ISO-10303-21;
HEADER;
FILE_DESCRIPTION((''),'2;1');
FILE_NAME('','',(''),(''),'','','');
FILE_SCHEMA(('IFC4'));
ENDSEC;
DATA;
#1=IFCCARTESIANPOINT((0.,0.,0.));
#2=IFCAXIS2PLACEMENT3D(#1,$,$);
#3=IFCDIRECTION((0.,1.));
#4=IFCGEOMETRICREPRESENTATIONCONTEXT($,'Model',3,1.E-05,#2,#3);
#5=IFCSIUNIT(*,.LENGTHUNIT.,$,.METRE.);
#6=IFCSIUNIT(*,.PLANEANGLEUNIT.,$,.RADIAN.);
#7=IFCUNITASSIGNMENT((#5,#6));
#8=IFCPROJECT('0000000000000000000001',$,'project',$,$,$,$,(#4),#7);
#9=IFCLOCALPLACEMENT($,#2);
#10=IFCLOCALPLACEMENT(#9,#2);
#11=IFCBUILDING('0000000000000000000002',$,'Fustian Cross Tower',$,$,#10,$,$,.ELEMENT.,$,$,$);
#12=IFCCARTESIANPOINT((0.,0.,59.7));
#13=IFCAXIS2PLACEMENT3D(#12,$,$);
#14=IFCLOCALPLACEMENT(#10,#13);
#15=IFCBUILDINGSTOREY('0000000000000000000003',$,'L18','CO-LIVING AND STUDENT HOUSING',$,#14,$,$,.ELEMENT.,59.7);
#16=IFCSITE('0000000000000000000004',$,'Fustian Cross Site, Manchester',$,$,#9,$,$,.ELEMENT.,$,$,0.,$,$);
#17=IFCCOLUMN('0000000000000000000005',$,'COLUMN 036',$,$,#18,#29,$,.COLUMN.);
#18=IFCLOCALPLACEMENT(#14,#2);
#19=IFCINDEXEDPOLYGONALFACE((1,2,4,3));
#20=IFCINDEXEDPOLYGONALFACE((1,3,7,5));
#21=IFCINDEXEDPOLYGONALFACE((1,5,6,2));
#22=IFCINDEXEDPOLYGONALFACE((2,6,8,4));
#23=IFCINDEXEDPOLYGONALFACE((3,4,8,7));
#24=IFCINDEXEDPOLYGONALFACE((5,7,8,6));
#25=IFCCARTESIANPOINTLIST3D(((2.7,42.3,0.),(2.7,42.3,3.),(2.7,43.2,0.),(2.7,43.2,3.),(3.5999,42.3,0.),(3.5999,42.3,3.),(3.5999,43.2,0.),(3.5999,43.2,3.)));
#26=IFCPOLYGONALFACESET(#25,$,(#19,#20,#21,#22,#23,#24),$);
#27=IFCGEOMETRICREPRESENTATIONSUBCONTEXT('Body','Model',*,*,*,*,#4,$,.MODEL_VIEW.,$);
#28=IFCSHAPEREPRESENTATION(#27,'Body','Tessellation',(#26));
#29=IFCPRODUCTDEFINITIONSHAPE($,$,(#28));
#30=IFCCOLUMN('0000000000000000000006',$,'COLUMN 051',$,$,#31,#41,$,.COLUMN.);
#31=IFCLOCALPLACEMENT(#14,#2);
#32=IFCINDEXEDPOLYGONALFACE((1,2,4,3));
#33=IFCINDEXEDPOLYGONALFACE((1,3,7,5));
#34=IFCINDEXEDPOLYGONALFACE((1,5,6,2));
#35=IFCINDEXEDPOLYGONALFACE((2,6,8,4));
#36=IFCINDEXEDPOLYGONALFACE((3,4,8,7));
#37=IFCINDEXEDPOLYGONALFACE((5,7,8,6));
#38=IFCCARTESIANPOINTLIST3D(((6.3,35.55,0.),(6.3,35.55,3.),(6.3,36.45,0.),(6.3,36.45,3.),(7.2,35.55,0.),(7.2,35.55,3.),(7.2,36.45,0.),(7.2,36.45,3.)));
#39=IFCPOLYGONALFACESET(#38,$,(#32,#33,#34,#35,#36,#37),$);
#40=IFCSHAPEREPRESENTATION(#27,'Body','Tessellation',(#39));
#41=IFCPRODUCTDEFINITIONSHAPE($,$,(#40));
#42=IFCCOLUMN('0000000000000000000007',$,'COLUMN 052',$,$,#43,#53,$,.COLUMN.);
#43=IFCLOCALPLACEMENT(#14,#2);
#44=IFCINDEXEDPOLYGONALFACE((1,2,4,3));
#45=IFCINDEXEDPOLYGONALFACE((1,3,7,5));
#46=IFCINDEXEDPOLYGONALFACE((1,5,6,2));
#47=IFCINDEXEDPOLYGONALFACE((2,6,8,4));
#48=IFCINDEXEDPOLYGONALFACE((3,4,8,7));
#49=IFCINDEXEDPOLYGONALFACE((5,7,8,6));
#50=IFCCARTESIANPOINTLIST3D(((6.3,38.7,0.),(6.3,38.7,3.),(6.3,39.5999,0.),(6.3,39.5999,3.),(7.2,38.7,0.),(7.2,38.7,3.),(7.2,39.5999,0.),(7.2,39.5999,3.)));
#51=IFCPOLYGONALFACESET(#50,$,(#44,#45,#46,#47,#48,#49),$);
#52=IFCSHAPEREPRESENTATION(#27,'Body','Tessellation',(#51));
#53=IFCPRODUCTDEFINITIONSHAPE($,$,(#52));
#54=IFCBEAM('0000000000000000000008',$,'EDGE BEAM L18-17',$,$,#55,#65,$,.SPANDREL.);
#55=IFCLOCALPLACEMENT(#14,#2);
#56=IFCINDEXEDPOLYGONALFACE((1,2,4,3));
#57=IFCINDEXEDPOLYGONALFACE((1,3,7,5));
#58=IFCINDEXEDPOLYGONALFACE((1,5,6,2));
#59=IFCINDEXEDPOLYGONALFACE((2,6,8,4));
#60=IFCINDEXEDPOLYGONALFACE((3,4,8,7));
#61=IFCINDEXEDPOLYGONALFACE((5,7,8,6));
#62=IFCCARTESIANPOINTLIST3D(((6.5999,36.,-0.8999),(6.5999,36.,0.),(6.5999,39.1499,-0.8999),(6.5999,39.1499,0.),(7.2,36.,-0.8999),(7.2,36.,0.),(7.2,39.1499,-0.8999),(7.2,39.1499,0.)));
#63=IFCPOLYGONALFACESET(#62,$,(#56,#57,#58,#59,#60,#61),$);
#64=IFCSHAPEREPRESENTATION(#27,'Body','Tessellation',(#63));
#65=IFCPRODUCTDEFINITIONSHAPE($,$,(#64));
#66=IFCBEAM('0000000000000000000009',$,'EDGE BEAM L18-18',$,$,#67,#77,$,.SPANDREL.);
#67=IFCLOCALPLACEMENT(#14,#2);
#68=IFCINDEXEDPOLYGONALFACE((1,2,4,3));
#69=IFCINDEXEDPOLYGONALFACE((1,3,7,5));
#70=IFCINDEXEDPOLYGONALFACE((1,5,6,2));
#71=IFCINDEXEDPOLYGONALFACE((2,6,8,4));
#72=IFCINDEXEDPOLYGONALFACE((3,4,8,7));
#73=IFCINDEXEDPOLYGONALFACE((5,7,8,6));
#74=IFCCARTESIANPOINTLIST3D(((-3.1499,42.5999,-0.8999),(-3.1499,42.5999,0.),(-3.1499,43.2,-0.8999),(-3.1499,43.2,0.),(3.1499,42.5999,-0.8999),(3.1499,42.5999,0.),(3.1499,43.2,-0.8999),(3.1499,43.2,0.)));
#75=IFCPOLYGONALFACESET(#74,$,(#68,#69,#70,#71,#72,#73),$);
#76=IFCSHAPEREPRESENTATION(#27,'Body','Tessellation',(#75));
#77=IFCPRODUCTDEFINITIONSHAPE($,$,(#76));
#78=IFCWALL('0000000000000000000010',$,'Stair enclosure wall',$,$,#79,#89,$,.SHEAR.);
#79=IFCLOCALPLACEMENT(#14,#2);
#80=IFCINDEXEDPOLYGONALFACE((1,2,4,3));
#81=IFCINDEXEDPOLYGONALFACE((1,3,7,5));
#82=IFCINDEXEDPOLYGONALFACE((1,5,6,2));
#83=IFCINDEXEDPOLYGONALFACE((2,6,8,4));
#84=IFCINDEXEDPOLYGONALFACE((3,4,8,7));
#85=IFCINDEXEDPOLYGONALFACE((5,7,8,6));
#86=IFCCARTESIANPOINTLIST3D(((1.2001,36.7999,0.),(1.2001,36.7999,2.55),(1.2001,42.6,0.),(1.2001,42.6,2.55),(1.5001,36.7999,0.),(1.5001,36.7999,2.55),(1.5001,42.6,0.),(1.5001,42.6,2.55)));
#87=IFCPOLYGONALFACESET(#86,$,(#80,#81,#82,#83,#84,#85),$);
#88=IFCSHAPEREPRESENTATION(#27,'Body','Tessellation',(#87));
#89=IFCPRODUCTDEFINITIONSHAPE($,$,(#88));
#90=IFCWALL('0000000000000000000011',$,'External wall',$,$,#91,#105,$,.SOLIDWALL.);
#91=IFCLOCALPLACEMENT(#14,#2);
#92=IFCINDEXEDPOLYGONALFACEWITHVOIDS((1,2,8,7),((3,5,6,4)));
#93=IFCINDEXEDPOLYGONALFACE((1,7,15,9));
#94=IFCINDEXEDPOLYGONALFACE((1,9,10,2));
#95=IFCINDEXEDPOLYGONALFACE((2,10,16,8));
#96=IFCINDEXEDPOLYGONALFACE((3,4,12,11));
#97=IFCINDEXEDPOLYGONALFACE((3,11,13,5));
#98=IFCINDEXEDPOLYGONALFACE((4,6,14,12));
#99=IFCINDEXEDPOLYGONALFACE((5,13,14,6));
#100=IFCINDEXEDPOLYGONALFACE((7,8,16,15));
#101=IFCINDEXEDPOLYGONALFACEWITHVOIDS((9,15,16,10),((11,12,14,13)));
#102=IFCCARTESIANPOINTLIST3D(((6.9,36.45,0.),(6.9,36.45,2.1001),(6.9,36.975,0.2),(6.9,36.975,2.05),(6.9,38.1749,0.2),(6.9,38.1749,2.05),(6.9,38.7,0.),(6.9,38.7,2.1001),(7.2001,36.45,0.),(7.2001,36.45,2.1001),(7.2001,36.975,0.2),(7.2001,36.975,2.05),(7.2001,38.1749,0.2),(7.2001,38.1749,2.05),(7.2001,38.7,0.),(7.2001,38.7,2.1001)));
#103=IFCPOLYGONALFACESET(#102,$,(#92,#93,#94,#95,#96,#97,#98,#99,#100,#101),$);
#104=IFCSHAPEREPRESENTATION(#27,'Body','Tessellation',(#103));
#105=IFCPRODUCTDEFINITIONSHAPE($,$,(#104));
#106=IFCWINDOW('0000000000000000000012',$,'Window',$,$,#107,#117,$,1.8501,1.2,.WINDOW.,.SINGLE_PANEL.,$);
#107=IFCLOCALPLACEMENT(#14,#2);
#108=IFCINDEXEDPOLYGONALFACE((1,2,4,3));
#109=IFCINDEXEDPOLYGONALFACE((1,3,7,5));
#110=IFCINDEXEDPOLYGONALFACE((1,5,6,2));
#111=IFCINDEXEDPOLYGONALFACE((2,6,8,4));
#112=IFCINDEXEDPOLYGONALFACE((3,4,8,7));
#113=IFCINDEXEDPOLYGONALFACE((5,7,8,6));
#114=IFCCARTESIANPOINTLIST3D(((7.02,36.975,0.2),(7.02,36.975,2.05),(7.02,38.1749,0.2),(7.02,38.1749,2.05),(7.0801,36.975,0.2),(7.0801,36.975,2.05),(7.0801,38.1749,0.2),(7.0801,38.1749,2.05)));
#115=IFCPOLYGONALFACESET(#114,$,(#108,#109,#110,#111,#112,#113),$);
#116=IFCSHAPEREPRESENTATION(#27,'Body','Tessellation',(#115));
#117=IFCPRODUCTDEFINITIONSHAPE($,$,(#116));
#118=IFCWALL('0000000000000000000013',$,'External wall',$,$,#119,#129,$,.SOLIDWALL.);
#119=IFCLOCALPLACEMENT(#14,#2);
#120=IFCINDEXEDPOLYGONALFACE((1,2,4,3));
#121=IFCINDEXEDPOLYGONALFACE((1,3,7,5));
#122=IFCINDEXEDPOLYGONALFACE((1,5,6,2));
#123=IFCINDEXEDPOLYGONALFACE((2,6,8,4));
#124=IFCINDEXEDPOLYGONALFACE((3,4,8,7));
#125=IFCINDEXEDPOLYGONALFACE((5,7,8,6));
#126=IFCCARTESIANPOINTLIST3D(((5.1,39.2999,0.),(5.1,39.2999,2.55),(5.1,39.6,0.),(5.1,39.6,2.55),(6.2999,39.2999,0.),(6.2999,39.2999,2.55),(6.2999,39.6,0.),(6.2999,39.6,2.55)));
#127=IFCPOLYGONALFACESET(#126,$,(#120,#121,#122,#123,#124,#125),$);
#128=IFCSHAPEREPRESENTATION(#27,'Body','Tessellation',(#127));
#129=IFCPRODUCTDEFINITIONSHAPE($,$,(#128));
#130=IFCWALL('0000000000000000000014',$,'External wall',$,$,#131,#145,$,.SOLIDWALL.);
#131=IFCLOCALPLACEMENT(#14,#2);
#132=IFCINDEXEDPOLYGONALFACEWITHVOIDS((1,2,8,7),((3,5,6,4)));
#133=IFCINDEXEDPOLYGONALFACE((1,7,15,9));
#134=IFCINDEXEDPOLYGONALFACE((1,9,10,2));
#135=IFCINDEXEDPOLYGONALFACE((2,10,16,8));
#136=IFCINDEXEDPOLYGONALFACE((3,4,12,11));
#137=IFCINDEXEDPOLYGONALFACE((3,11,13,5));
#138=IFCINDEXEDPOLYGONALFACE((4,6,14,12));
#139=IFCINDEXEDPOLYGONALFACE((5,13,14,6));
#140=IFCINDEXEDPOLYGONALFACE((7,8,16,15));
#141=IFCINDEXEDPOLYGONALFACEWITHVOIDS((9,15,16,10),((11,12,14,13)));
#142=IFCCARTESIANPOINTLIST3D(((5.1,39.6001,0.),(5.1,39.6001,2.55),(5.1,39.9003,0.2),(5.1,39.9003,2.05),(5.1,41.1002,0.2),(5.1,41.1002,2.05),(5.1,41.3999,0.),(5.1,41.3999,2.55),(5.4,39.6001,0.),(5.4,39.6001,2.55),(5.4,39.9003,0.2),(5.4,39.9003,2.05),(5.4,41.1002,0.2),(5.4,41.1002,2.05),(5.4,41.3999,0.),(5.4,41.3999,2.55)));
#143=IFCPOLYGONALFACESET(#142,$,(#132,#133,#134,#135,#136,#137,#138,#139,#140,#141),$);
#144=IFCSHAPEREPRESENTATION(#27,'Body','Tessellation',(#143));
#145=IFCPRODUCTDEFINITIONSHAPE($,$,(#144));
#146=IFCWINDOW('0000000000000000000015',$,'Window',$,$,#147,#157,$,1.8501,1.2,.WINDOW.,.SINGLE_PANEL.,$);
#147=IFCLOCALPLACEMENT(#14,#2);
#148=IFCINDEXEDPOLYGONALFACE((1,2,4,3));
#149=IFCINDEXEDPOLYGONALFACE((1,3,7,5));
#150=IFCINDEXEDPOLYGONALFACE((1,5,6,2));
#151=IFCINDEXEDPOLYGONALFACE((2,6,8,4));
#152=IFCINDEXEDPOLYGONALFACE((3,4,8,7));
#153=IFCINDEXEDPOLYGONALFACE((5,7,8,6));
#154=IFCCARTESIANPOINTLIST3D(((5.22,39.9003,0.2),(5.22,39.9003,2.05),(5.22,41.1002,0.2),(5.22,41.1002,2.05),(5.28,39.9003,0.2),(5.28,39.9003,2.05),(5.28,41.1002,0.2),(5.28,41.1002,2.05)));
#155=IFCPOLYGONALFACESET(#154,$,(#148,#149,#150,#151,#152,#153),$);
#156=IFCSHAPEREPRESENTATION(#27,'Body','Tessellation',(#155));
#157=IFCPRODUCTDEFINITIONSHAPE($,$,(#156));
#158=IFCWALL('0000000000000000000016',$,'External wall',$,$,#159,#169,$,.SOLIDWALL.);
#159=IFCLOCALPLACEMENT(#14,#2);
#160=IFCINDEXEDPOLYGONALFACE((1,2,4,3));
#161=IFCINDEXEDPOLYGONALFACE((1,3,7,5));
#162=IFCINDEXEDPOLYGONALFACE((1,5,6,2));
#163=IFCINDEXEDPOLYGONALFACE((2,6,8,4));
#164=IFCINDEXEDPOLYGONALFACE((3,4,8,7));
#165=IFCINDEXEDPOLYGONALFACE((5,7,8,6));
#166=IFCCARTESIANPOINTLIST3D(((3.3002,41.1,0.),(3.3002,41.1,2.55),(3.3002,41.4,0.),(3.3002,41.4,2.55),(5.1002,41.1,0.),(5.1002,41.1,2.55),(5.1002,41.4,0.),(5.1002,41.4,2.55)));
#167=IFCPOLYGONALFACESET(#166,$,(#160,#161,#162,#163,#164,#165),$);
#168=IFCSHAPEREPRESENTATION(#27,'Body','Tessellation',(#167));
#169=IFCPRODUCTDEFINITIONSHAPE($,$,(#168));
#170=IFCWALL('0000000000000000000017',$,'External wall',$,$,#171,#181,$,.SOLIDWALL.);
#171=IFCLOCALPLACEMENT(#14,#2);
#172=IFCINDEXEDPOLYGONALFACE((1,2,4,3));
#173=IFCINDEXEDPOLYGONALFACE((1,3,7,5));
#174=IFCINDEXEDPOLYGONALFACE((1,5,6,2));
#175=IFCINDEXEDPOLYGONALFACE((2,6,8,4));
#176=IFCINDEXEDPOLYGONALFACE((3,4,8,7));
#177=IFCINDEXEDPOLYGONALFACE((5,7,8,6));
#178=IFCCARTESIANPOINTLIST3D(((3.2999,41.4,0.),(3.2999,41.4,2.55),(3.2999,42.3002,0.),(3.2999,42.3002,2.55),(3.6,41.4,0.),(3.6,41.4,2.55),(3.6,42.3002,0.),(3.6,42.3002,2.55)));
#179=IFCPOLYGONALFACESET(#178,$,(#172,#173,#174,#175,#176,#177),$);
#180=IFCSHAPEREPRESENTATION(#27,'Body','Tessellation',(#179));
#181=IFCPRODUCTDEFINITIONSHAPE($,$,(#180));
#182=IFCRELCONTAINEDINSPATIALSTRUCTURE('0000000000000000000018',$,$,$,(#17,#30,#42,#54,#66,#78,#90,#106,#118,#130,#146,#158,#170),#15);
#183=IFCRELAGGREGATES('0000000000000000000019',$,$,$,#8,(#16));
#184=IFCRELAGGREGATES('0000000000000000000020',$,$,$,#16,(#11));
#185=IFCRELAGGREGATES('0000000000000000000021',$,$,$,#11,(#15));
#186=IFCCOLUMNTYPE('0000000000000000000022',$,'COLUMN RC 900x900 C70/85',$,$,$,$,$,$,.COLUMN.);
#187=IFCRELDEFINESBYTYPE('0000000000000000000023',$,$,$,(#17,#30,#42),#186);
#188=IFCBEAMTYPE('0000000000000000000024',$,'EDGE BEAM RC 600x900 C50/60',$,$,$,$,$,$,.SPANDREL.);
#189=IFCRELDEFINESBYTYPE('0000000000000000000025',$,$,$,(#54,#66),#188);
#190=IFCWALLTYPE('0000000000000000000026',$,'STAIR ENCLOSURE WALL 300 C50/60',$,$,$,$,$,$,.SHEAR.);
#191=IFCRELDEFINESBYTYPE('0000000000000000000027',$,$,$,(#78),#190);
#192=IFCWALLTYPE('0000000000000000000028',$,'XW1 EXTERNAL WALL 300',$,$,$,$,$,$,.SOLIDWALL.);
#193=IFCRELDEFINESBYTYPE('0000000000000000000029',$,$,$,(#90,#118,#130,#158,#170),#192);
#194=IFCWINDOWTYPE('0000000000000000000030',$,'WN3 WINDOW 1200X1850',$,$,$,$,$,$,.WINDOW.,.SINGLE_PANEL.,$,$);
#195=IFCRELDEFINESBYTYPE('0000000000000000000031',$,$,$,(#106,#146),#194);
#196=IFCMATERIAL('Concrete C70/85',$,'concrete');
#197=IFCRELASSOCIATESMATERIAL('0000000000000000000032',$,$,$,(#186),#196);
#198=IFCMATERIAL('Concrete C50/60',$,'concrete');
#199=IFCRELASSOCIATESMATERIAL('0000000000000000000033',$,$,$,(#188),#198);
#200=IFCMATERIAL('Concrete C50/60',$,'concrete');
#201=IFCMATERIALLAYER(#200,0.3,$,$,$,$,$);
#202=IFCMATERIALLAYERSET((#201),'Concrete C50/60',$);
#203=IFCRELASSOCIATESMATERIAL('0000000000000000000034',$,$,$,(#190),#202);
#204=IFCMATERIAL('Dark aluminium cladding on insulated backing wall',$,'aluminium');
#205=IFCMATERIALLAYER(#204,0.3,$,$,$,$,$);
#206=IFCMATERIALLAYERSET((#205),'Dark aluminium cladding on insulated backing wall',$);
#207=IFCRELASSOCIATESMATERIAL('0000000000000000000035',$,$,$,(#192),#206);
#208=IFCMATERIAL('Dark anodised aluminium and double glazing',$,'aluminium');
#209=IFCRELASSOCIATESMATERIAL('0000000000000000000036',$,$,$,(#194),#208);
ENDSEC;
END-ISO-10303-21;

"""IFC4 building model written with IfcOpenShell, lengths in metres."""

from ifc_helpers import new_model, si_unit, direction, frame, frame_2d, origin, origin_2d, place, context, subcontext, project, spatial, rectangle, extrude, material, layer, layer_set, material_profile, profile_set, type_object, element, fill, save


model = new_model("IFC4")

# Units and contexts
model_context = context("Model", 3, precision=1e-05, world=origin(), true_north=direction((0.0, 1.0)))
body_context = subcontext(model_context, "Body", "Model", "MODEL_VIEW")
ifc_project = project(units=[si_unit("LENGTHUNIT", "METRE"), si_unit("PLANEANGLEUNIT", "RADIAN")], contexts=[model_context])

# Site, building, storey
site_placement = place(None, origin())
site = spatial("IfcSite", under=ifc_project, at=site_placement, Name="Fustian Cross Site, Manchester", CompositionType="ELEMENT", RefElevation=0.0)
building_placement = place(site_placement, origin())
building = spatial("IfcBuilding", under=site, at=building_placement, Name="Fustian Cross Tower", CompositionType="ELEMENT")
storey_placement = place(building_placement, frame((0.0, 0.0, 59.7)))
storey = spatial("IfcBuildingStorey", under=building, at=storey_placement, Name="L18", Description="CO-LIVING AND STUDENT HOUSING", CompositionType="ELEMENT", Elevation=59.7)

# Columns
ifc_material_1 = material(Name="Concrete C70/85", Category="concrete")
ifc_material_profile_1 = material_profile(ifc_material_1, rectangle(XDim=0.8999, YDim=0.8999, at=origin_2d()), Name="RC 900x900")
ifc_profile_set_1 = profile_set([ifc_material_profile_1], Name="Concrete C70/85")
column_type = type_object("IfcColumnType", Name="COLUMN RC 900x900 C70/85", PredefinedType="COLUMN", material=ifc_profile_set_1)
for number, where, z_axis, x_axis, name in (
    (1, (3.1499, 42.75, 0.0), (0.0, 0.0, 1.0), (1.0, 0.0, 0.0), "COLUMN 036"),
    (2, (6.75, 36.0, 0.0), (0.0, 0.0, 1.0), (1.0, 0.0, 0.0), "COLUMN 051"),
    (3, (6.75, 39.1499, 0.0), (0.0, 0.0, 1.0), (1.0, 0.0, 0.0), "COLUMN 052"),
):
    element("IfcColumn", number, at=place(storey_placement, frame(where, z_axis=z_axis, x_axis=x_axis)), inside=storey, type_object=column_type, Name=name, PredefinedType="COLUMN", context=body_context, shape_type="SweptSolid", body=[
        extrude(rectangle(XDim=0.8999, YDim=0.8999, at=origin_2d()), origin(), (0.0, 0.0, 1.0), 3.0),
    ])

# Beams
ifc_material_2 = material(Name="Concrete C50/60", Category="concrete")
ifc_material_profile_2 = material_profile(ifc_material_2, rectangle(XDim=0.6001, YDim=0.8999, at=origin_2d()), Name="RC 600x900")
ifc_profile_set_2 = profile_set([ifc_material_profile_2], Name="Concrete C50/60")
beam_type = type_object("IfcBeamType", Name="EDGE BEAM RC 600x900 C50/60", PredefinedType="SPANDREL", material=ifc_profile_set_2)
beam_1_placement = place(storey_placement, frame((6.8999, 36.0, -0.45), z_axis=(0.0, 1.0, 0.0), x_axis=(-1.0, 0.0, 0.0)))
element("IfcBeam", 4, at=beam_1_placement, inside=storey, type_object=beam_type, Name="EDGE BEAM L18-17", PredefinedType="SPANDREL", context=body_context, shape_type="SweptSolid", body=[
    extrude(rectangle(XDim=0.6001, YDim=0.8999, at=origin_2d()), origin(), (0.0, 0.0, 1.0), 3.1499),
])
beam_2_placement = place(storey_placement, frame((3.1499, 42.8999, -0.45), z_axis=(-1.0, 0.0, 0.0), x_axis=(0.0, -1.0, 0.0)))
element("IfcBeam", 5, at=beam_2_placement, inside=storey, type_object=beam_type, Name="EDGE BEAM L18-18", PredefinedType="SPANDREL", context=body_context, shape_type="SweptSolid", body=[
    extrude(rectangle(XDim=0.6001, YDim=0.8999, at=origin_2d()), origin(), (0.0, 0.0, 1.0), 6.2998),
])

# Wall
ifc_material_3 = material(Name="Concrete C50/60", Category="concrete")
ifc_layer_1 = layer(ifc_material_3, 0.3)
ifc_layer_set_1 = layer_set([ifc_layer_1], Name="Concrete C50/60")
wall_type_1 = type_object("IfcWallType", Name="STAIR ENCLOSURE WALL 300 C50/60", PredefinedType="SHEAR", material=ifc_layer_set_1)
wall_1_placement = place(storey_placement, frame((1.3501, 36.8, 0.0), z_axis=(0.0, 0.0, 1.0), x_axis=(0.0, 1.0, 0.0)))
element("IfcWall", 6, at=wall_1_placement, inside=storey, type_object=wall_type_1, Name="Stair enclosure wall", PredefinedType="SHEAR", context=body_context, shape_type="SweptSolid", body=[
    extrude(rectangle(XDim=5.8, YDim=0.3, at=frame_2d((2.8999, 0.0))), origin(), (0.0, 0.0, 1.0), 2.55),
])

# Wall, opening, window
ifc_material_4 = material(Name="Dark aluminium cladding on insulated backing wall", Category="aluminium")
ifc_layer_2 = layer(ifc_material_4, 0.3)
ifc_layer_set_2 = layer_set([ifc_layer_2], Name="Dark aluminium cladding on insulated backing wall")
wall_type_2 = type_object("IfcWallType", Name="XW1 EXTERNAL WALL 300", PredefinedType="SOLIDWALL", material=ifc_layer_set_2)
wall_2_placement = place(storey_placement, frame((7.05, 36.45, 0.0), z_axis=(0.0, 0.0, 1.0), x_axis=(0.0, 1.0, 0.0)))
wall_2 = element("IfcWall", 7, at=wall_2_placement, inside=storey, type_object=wall_type_2, Name="External wall", PredefinedType="SOLIDWALL", context=body_context, shape_type="SweptSolid", body=[
    extrude(rectangle(XDim=2.25, YDim=0.3, at=frame_2d((1.125, 0.0))), origin(), (0.0, 0.0, 1.0), 2.1001),
])
opening_1_placement = place(wall_2_placement, frame((0.5249, 0.0, 0.2)))
opening_1 = element("IfcOpeningElement", 8, at=opening_1_placement, cuts=wall_2, PredefinedType="OPENING", context=body_context, shape_type="SweptSolid", body=[
    extrude(rectangle(XDim=1.2, YDim=1.8501, at=frame_2d((0.6001, 0.925))), frame((0.0, 0.1599, 0.0), z_axis=(0.0, -1.0, 0.0), x_axis=(1.0, 0.0, 0.0)), (0.0, 0.0, 1.0), 0.3201),
])
ifc_material_5 = material(Name="Dark anodised aluminium and double glazing", Category="aluminium")
window_type_1 = type_object("IfcWindowType", Name="WN3 WINDOW 1200X1850", PartitioningType="SINGLE_PANEL", PredefinedType="WINDOW", material=ifc_material_5)
window_1_placement = place(opening_1_placement, origin())
window_1 = element("IfcWindow", 9, at=window_1_placement, inside=storey, type_object=window_type_1, Name="Window", OverallHeight=1.8501, OverallWidth=1.2, PartitioningType="SINGLE_PANEL", PredefinedType="WINDOW", context=body_context, shape_type="SweptSolid", body=[
    extrude(rectangle(XDim=1.2, YDim=1.8501, at=frame_2d((0.6001, 0.925))), frame((0.0, 0.03, 0.0), z_axis=(0.0, -1.0, 0.0), x_axis=(1.0, 0.0, 0.0)), (0.0, 0.0, 1.0), 0.0601),
])
fill(opening_1, window_1)

# Wall
wall_3_placement = place(storey_placement, frame((6.3, 39.45, 0.0), z_axis=(0.0, 0.0, 1.0), x_axis=(-1.0, 0.0, 0.0)))
element("IfcWall", 10, at=wall_3_placement, inside=storey, type_object=wall_type_2, Name="External wall", PredefinedType="SOLIDWALL", context=body_context, shape_type="SweptSolid", body=[
    extrude(rectangle(XDim=1.2, YDim=0.3, at=frame_2d((0.6001, 0.0))), origin(), (0.0, 0.0, 1.0), 2.55),
])

# Wall, opening, window
wall_4_placement = place(storey_placement, frame((5.25, 39.6001, 0.0), z_axis=(0.0, 0.0, 1.0), x_axis=(0.0, 1.0, 0.0)))
wall_4 = element("IfcWall", 11, at=wall_4_placement, inside=storey, type_object=wall_type_2, Name="External wall", PredefinedType="SOLIDWALL", context=body_context, shape_type="SweptSolid", body=[
    extrude(rectangle(XDim=1.7998, YDim=0.3, at=frame_2d((0.8999, 0.0))), origin(), (0.0, 0.0, 1.0), 2.55),
])
opening_2_placement = place(wall_4_placement, frame((0.3, 0.0, 0.2)))
opening_2 = element("IfcOpeningElement", 12, at=opening_2_placement, cuts=wall_4, PredefinedType="OPENING", context=body_context, shape_type="SweptSolid", body=[
    extrude(rectangle(XDim=1.2, YDim=1.8501, at=frame_2d((0.6001, 0.925))), frame((0.0, 0.1599, 0.0), z_axis=(0.0, -1.0, 0.0), x_axis=(1.0, 0.0, 0.0)), (0.0, 0.0, 1.0), 0.3201),
])
window_2_placement = place(opening_2_placement, origin())
window_2 = element("IfcWindow", 13, at=window_2_placement, inside=storey, type_object=window_type_1, Name="Window", OverallHeight=1.8501, OverallWidth=1.2, PartitioningType="SINGLE_PANEL", PredefinedType="WINDOW", context=body_context, shape_type="SweptSolid", body=[
    extrude(rectangle(XDim=1.2, YDim=1.8501, at=frame_2d((0.6001, 0.925))), frame((0.0, 0.03, 0.0), z_axis=(0.0, -1.0, 0.0), x_axis=(1.0, 0.0, 0.0)), (0.0, 0.0, 1.0), 0.0601),
])
fill(opening_2, window_2)

# Walls
wall_5_placement = place(storey_placement, frame((5.1001, 41.25, 0.0), z_axis=(0.0, 0.0, 1.0), x_axis=(-1.0, 0.0, 0.0)))
element("IfcWall", 14, at=wall_5_placement, inside=storey, type_object=wall_type_2, Name="External wall", PredefinedType="SOLIDWALL", context=body_context, shape_type="SweptSolid", body=[
    extrude(rectangle(XDim=1.8, YDim=0.3, at=frame_2d((0.8999, 0.0))), origin(), (0.0, 0.0, 1.0), 2.55),
])
wall_6_placement = place(storey_placement, frame((3.45, 41.3999, 0.0), z_axis=(0.0, 0.0, 1.0), x_axis=(0.0, 1.0, 0.0)))
element("IfcWall", 15, at=wall_6_placement, inside=storey, type_object=wall_type_2, Name="External wall", PredefinedType="SOLIDWALL", context=body_context, shape_type="SweptSolid", body=[
    extrude(rectangle(XDim=0.9001, YDim=0.3, at=frame_2d((0.4502, 0.0))), origin(), (0.0, 0.0, 1.0), 2.55),
])

save(model, "model.ifc")
